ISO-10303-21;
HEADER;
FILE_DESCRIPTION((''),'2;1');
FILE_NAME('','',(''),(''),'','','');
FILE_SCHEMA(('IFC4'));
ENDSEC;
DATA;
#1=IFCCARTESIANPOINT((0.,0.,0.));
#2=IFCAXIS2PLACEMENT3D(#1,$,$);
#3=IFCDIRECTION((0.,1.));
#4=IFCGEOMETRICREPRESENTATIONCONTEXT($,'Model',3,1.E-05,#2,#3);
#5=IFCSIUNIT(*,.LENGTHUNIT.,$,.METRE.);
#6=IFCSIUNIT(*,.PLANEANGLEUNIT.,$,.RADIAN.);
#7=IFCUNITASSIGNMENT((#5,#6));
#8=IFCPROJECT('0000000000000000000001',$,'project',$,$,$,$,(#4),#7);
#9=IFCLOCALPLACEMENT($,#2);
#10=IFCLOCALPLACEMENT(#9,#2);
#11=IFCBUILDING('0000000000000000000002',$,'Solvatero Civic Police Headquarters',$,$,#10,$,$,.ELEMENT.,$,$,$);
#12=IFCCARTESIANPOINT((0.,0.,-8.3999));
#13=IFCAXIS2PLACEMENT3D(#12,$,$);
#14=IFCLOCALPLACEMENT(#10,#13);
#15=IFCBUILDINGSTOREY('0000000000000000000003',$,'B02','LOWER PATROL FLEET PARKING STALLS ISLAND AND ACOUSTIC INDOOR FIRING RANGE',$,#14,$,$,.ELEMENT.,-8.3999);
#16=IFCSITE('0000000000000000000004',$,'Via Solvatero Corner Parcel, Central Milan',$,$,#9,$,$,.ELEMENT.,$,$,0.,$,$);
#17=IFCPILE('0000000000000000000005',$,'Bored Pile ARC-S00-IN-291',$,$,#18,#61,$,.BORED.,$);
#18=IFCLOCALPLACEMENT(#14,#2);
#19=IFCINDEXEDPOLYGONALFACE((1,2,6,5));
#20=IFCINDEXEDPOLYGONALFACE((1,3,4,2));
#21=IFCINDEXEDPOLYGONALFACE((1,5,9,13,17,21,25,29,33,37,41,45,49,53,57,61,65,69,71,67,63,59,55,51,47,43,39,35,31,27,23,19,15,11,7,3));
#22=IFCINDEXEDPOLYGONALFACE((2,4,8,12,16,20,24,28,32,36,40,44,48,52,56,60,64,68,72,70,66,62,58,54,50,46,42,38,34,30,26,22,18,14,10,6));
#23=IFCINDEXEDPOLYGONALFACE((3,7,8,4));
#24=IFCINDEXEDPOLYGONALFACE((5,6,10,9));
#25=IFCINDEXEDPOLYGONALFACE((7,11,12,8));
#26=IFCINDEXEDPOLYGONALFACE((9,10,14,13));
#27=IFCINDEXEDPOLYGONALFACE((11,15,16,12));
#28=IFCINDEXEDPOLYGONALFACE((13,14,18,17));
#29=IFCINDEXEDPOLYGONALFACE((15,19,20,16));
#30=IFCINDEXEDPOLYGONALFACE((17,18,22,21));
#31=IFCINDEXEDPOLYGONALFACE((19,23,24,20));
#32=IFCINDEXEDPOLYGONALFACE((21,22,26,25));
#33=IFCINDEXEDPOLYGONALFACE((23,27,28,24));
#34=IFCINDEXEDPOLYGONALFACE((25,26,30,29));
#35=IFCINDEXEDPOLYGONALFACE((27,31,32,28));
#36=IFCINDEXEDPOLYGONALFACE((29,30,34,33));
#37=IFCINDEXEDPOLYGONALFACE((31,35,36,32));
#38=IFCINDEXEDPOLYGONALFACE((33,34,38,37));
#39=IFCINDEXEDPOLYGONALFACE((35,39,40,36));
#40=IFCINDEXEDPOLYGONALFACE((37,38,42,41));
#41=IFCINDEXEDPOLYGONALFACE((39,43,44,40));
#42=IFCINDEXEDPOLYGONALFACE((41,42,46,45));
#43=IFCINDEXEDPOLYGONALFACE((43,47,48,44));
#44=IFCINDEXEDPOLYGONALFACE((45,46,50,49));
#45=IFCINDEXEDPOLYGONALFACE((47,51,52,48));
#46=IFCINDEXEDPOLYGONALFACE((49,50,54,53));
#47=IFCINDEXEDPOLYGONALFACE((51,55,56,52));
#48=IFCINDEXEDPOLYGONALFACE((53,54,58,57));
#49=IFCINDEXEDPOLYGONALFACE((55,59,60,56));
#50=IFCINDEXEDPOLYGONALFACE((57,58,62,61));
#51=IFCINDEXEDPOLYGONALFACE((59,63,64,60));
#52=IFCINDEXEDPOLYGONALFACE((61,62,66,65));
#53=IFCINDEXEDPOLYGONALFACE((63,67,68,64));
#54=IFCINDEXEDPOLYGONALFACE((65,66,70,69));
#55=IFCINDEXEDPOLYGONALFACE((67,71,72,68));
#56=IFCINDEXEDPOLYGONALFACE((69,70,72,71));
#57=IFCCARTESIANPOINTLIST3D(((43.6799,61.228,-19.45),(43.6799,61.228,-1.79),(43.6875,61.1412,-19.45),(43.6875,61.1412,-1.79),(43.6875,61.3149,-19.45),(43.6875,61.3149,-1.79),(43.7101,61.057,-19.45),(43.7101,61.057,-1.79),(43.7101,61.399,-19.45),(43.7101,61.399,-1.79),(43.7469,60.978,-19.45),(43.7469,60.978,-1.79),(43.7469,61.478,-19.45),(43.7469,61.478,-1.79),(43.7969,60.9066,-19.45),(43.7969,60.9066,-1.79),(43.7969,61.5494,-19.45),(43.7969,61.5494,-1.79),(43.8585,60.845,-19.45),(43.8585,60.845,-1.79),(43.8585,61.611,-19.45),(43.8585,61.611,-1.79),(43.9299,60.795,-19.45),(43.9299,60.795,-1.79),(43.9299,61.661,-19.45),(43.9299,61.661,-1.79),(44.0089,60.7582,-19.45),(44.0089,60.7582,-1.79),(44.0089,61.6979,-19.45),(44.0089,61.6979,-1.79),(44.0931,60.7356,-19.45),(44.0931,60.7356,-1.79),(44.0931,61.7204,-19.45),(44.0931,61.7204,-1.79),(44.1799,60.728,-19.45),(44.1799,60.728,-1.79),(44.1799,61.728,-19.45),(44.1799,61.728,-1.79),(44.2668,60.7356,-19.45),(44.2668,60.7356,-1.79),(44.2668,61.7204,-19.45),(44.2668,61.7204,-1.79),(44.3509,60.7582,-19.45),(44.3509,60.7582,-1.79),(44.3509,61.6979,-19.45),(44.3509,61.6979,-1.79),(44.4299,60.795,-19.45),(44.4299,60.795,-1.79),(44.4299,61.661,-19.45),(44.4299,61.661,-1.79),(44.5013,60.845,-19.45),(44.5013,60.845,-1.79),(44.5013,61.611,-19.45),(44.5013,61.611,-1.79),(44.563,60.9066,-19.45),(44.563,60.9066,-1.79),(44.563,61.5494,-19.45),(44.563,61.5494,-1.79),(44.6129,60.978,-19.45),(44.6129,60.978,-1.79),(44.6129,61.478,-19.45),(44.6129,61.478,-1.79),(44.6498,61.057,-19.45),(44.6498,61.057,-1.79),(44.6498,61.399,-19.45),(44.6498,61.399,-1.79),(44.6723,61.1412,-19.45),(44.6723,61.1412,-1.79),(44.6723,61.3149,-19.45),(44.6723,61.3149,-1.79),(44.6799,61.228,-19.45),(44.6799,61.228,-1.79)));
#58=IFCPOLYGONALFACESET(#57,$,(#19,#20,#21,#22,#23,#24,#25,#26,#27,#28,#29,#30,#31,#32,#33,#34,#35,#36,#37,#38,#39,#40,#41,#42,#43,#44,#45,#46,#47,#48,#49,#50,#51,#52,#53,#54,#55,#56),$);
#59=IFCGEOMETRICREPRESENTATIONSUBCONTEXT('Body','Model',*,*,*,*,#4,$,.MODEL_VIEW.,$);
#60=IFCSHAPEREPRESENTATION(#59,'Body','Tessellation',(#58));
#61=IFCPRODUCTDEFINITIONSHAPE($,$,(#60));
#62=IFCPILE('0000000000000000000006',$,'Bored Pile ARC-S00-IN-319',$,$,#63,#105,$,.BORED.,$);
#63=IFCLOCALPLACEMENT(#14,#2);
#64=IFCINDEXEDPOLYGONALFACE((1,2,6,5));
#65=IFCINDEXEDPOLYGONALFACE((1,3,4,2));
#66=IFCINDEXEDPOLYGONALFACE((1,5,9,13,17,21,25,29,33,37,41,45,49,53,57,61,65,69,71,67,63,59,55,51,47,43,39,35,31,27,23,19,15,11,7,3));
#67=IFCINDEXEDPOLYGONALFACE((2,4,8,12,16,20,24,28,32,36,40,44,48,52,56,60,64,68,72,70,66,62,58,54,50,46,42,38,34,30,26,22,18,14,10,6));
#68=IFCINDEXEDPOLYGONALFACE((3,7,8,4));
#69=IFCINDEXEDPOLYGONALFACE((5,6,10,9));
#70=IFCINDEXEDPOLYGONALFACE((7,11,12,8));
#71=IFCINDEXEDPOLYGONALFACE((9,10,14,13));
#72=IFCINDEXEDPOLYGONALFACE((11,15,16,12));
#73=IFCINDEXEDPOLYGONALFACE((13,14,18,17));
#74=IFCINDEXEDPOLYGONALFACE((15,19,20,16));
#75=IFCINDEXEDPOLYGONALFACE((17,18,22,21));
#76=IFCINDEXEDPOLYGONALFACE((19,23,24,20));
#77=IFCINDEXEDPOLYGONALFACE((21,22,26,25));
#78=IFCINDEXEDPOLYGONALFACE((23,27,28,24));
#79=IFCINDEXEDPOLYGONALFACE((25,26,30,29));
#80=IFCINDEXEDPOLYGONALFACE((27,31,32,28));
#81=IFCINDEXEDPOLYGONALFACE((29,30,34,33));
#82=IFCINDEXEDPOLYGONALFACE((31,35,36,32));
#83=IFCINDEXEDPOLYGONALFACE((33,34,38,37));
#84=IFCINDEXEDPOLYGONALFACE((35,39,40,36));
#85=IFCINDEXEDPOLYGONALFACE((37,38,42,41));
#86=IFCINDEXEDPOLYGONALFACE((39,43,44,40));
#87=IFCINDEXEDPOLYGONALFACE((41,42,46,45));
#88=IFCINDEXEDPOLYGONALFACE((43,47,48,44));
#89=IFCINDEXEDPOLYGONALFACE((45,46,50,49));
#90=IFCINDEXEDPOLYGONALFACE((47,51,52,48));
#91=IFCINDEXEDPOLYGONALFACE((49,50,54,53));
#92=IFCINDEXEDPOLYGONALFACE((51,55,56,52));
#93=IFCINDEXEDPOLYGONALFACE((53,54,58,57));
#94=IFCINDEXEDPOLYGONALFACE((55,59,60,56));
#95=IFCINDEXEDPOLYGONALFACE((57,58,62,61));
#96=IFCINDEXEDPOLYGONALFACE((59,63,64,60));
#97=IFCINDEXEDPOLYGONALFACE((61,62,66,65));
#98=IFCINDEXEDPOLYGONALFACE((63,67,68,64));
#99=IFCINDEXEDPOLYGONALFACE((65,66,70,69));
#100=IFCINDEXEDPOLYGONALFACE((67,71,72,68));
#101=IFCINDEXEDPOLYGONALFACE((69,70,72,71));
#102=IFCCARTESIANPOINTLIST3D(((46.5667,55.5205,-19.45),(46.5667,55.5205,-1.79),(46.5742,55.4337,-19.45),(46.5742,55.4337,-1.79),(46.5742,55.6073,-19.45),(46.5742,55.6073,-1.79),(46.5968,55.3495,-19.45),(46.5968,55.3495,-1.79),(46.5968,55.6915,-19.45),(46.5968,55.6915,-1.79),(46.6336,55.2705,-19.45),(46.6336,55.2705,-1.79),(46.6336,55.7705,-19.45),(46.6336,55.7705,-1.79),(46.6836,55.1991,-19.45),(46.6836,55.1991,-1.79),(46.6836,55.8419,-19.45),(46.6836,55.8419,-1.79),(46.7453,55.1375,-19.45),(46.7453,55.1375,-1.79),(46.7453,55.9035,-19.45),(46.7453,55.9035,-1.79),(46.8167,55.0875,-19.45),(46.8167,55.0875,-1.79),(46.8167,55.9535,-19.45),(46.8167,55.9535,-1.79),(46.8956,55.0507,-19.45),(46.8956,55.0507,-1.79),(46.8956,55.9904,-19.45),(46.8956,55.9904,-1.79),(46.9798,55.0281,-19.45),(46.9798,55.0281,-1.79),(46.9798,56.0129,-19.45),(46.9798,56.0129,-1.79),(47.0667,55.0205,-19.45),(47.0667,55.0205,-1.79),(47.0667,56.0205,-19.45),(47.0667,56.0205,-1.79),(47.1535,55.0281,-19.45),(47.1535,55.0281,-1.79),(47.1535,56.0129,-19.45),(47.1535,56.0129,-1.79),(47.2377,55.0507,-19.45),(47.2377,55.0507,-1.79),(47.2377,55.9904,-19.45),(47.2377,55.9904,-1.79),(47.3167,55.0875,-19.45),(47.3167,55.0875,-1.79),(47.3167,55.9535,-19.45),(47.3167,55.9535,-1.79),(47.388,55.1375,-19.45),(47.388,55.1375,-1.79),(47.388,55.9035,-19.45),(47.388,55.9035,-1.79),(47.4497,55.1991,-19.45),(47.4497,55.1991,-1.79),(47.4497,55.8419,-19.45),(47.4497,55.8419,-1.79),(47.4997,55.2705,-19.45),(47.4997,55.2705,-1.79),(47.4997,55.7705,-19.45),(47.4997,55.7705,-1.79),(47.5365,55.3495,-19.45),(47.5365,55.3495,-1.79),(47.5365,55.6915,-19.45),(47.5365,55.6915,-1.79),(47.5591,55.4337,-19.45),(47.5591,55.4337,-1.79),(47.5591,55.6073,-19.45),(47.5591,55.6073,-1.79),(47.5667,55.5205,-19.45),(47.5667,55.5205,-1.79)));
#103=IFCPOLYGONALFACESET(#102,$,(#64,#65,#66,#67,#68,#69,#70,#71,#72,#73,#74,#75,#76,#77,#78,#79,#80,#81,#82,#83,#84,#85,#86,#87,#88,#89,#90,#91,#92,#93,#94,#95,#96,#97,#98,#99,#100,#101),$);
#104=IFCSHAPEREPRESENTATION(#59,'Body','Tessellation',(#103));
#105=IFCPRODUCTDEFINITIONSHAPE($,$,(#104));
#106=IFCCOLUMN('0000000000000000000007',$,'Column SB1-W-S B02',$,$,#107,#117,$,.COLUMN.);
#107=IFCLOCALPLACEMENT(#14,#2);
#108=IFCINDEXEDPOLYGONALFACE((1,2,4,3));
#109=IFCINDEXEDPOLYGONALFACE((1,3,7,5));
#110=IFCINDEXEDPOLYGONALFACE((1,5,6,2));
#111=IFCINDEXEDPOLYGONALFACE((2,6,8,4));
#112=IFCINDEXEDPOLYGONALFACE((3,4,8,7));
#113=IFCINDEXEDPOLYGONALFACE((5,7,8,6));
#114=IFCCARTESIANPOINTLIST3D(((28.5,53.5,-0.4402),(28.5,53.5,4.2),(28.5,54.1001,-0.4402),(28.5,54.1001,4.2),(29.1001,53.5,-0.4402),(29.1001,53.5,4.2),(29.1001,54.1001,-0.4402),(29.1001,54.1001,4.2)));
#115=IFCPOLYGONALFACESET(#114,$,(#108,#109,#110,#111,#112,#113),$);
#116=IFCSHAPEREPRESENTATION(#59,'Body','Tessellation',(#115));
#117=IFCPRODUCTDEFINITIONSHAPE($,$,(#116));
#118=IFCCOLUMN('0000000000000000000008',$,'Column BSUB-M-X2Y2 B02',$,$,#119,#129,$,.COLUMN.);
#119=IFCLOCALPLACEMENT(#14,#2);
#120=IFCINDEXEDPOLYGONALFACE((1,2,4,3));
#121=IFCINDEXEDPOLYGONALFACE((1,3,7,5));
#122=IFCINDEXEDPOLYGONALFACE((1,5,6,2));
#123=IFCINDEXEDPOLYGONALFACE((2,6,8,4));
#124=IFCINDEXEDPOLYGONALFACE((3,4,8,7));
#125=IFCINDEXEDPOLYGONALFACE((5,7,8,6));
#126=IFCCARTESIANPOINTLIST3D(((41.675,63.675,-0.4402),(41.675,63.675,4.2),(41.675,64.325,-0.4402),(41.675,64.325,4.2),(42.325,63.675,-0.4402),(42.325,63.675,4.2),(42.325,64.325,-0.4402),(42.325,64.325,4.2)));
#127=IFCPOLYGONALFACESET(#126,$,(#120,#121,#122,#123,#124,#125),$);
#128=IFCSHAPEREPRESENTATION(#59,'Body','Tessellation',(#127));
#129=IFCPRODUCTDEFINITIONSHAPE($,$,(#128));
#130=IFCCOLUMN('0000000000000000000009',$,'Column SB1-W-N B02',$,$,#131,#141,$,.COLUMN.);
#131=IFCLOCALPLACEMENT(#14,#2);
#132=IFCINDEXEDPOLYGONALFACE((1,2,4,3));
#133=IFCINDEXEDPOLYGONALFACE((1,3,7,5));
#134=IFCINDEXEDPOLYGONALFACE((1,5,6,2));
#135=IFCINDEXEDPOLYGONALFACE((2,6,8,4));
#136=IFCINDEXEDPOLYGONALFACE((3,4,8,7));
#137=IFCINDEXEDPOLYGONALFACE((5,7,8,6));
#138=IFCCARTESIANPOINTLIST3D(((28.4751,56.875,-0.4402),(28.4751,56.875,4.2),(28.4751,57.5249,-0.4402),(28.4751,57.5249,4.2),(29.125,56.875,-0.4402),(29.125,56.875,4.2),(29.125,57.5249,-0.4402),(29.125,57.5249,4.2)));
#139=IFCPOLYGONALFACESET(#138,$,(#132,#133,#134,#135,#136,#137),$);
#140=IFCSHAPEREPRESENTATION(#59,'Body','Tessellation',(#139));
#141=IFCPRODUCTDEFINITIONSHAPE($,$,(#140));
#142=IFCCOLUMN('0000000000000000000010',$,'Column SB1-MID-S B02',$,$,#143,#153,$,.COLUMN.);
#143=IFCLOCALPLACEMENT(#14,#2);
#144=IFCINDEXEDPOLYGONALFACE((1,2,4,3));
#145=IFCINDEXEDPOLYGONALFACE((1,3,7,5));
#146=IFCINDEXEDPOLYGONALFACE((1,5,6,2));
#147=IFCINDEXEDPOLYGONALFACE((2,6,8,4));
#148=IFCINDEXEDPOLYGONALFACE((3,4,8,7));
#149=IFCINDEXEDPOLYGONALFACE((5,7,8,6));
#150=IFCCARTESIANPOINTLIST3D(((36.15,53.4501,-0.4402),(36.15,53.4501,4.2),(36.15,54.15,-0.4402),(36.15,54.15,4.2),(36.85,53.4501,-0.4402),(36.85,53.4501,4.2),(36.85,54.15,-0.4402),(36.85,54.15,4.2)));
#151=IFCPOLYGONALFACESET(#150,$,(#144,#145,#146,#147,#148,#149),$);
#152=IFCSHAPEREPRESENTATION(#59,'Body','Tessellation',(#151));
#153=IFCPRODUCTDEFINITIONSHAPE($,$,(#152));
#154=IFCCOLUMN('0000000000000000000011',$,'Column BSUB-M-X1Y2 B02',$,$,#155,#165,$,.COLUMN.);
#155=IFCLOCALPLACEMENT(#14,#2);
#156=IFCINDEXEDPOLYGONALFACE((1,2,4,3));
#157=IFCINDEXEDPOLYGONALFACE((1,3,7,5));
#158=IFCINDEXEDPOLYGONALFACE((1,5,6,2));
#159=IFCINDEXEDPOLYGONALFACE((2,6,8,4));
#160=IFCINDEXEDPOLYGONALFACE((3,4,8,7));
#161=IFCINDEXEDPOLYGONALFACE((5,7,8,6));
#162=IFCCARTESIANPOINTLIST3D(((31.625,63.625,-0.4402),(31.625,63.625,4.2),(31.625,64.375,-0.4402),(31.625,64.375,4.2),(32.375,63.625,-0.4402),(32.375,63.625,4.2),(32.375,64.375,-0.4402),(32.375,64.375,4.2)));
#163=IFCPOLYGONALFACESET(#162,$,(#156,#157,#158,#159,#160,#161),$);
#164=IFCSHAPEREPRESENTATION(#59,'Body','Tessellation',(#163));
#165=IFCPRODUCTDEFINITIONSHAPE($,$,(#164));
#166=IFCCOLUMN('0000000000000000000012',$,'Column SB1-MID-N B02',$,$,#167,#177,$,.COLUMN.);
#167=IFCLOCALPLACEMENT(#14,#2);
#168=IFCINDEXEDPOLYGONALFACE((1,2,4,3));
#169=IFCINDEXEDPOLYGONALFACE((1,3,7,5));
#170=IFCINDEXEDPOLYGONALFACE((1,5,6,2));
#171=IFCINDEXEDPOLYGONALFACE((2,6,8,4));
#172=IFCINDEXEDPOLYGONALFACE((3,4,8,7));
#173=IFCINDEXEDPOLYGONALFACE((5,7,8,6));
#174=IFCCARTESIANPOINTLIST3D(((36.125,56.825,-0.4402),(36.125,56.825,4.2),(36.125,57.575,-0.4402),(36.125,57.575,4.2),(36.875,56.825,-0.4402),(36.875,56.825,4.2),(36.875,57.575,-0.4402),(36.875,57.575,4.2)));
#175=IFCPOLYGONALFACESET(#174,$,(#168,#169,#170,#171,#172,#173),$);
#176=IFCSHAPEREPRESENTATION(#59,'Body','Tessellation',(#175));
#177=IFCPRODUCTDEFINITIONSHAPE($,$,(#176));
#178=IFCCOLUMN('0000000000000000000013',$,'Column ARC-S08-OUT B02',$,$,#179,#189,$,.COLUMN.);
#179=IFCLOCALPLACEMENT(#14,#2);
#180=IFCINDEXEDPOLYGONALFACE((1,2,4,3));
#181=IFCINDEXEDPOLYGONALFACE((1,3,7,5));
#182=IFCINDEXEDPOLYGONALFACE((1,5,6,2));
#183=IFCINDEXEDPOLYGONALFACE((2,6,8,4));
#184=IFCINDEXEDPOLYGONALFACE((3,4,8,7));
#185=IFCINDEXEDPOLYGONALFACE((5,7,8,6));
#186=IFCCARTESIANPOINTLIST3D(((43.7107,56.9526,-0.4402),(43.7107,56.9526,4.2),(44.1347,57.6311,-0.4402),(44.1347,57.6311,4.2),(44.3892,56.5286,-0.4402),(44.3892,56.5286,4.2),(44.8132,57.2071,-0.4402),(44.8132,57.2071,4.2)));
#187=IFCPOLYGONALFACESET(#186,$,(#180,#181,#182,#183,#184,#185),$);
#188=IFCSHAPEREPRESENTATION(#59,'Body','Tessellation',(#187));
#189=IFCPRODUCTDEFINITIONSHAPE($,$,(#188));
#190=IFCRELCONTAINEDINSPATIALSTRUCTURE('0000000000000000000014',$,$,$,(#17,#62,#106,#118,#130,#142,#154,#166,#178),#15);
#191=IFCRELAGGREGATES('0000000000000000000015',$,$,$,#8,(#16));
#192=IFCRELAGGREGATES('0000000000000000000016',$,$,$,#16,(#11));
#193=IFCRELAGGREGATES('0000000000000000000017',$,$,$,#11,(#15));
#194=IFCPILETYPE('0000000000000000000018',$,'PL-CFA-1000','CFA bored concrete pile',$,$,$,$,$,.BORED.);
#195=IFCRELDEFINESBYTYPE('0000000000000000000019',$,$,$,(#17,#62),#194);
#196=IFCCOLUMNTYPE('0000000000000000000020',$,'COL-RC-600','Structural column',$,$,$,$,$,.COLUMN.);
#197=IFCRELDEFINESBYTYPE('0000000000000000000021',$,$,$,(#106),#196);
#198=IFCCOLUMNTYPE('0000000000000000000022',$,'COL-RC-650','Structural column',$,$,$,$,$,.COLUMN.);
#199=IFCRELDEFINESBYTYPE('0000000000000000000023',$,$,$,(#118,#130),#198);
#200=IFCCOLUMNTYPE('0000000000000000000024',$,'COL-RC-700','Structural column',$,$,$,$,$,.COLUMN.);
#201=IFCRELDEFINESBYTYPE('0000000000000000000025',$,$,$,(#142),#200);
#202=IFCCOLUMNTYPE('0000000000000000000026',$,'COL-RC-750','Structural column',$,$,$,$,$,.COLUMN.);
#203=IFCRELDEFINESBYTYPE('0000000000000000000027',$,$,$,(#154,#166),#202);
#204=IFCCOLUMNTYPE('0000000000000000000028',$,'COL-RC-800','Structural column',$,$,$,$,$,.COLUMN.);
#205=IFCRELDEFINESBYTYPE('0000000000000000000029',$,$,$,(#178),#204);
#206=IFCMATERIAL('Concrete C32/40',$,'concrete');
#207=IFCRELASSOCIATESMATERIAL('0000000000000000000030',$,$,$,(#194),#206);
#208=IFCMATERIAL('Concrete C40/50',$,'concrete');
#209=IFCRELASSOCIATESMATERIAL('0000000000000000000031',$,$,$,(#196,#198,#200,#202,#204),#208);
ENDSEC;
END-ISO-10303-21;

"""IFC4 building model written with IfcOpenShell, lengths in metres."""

from ifc_helpers import new_model, si_unit, direction, frame, origin, origin_2d, place, context, subcontext, project, spatial, rectangle, circle, extrude, material, material_profile, profile_set, type_object, element, save


model = new_model("IFC4")

# Units and contexts
model_context = context("Model", 3, precision=1e-05, world=origin(), true_north=direction((0.0, 1.0)))
body_context = subcontext(model_context, "Body", "Model", "MODEL_VIEW")
ifc_project = project(units=[si_unit("LENGTHUNIT", "METRE"), si_unit("PLANEANGLEUNIT", "RADIAN")], contexts=[model_context])

# Site, building, storey
site_placement = place(None, origin())
site = spatial("IfcSite", under=ifc_project, at=site_placement, Name="Via Solvatero Corner Parcel, Central Milan", CompositionType="ELEMENT", RefElevation=0.0)
building_placement = place(site_placement, origin())
building = spatial("IfcBuilding", under=site, at=building_placement, Name="Solvatero Civic Police Headquarters", CompositionType="ELEMENT")
storey_placement = place(building_placement, frame((0.0, 0.0, -8.3999)))
storey = spatial("IfcBuildingStorey", under=building, at=storey_placement, Name="B02", Description="LOWER PATROL FLEET PARKING STALLS ISLAND AND ACOUSTIC INDOOR FIRING RANGE", CompositionType="ELEMENT", Elevation=-8.3999)

# Piles
ifc_material_1 = material(Name="Concrete C32/40", Category="concrete")
ifc_material_profile_1 = material_profile(ifc_material_1, circle(Radius=0.5, at=origin_2d()), Name="CFA PILE D1000")
ifc_profile_set_1 = profile_set([ifc_material_profile_1], Name="Concrete C32/40")
pile_type = type_object("IfcPileType", Name="PL-CFA-1000", Description="CFA bored concrete pile", PredefinedType="BORED", material=ifc_profile_set_1)
for number, where, z_axis, x_axis, name in (
    (1, (44.1799, 61.228, -1.79), (0.0, 0.0, -1.0), (1.0, 0.0, 0.0), "Bored Pile ARC-S00-IN-291"),
    (2, (47.0667, 55.5205, -1.79), (0.0, 0.0, -1.0), (1.0, 0.0, 0.0), "Bored Pile ARC-S00-IN-319"),
):
    element("IfcPile", number, at=place(storey_placement, frame(where, z_axis=z_axis, x_axis=x_axis)), inside=storey, type_object=pile_type, Name=name, PredefinedType="BORED", context=body_context, shape_type="SweptSolid", body=[
        extrude(circle(Radius=0.5, at=origin_2d()), origin(), (0.0, 0.0, 1.0), 17.6599),
    ])

# Columns
ifc_material_2 = material(Name="Concrete C40/50", Category="concrete")
ifc_material_profile_2 = material_profile(ifc_material_2, rectangle(XDim=0.6001, YDim=0.6001, at=origin_2d()), Name="RC 600x600")
ifc_profile_set_2 = profile_set([ifc_material_profile_2], Name="Concrete C40/50")
column_type_1 = type_object("IfcColumnType", Name="COL-RC-600", Description="Structural column", PredefinedType="COLUMN", material=ifc_profile_set_2)
column_1_placement = place(storey_placement, frame((28.8, 53.8, -0.4402), z_axis=(0.0, 0.0, 1.0), x_axis=(1.0, 0.0, 0.0)))
element("IfcColumn", 3, at=column_1_placement, inside=storey, type_object=column_type_1, Name="Column SB1-W-S B02", PredefinedType="COLUMN", context=body_context, shape_type="SweptSolid", body=[
    extrude(rectangle(XDim=0.6001, YDim=0.6001, at=origin_2d()), origin(), (0.0, 0.0, 1.0), 4.6401),
])
ifc_material_profile_3 = material_profile(ifc_material_2, rectangle(XDim=0.6499, YDim=0.6499, at=origin_2d()), Name="RC 650x650")
ifc_profile_set_3 = profile_set([ifc_material_profile_3], Name="Concrete C40/50")
column_type_2 = type_object("IfcColumnType", Name="COL-RC-650", Description="Structural column", PredefinedType="COLUMN", material=ifc_profile_set_3)
for number, where, z_axis, x_axis, name in (
    (4, (42.0, 64.0, -0.4402), (0.0, 0.0, 1.0), (1.0, 0.0, 0.0), "Column BSUB-M-X2Y2 B02"),
    (5, (28.8, 57.2, -0.4402), (0.0, 0.0, 1.0), (1.0, 0.0, 0.0), "Column SB1-W-N B02"),
):
    element("IfcColumn", number, at=place(storey_placement, frame(where, z_axis=z_axis, x_axis=x_axis)), inside=storey, type_object=column_type_2, Name=name, PredefinedType="COLUMN", context=body_context, shape_type="SweptSolid", body=[
        extrude(rectangle(XDim=0.6499, YDim=0.6499, at=origin_2d()), origin(), (0.0, 0.0, 1.0), 4.6401),
    ])
ifc_material_profile_4 = material_profile(ifc_material_2, rectangle(XDim=0.7, YDim=0.7, at=origin_2d()), Name="RC 700x700")
ifc_profile_set_4 = profile_set([ifc_material_profile_4], Name="Concrete C40/50")
column_type_3 = type_object("IfcColumnType", Name="COL-RC-700", Description="Structural column", PredefinedType="COLUMN", material=ifc_profile_set_4)
column_2_placement = place(storey_placement, frame((36.5, 53.8, -0.4402), z_axis=(0.0, 0.0, 1.0), x_axis=(1.0, 0.0, 0.0)))
element("IfcColumn", 6, at=column_2_placement, inside=storey, type_object=column_type_3, Name="Column SB1-MID-S B02", PredefinedType="COLUMN", context=body_context, shape_type="SweptSolid", body=[
    extrude(rectangle(XDim=0.7, YDim=0.7, at=origin_2d()), origin(), (0.0, 0.0, 1.0), 4.6401),
])
ifc_material_profile_5 = material_profile(ifc_material_2, rectangle(XDim=0.75, YDim=0.75, at=origin_2d()), Name="RC 750x750")
ifc_profile_set_5 = profile_set([ifc_material_profile_5], Name="Concrete C40/50")
column_type_4 = type_object("IfcColumnType", Name="COL-RC-750", Description="Structural column", PredefinedType="COLUMN", material=ifc_profile_set_5)
for number, where, z_axis, x_axis, name in (
    (7, (32.0, 64.0, -0.4402), (0.0, 0.0, 1.0), (1.0, 0.0, 0.0), "Column BSUB-M-X1Y2 B02"),
    (8, (36.5, 57.2, -0.4402), (0.0, 0.0, 1.0), (1.0, 0.0, 0.0), "Column SB1-MID-N B02"),
):
    element("IfcColumn", number, at=place(storey_placement, frame(where, z_axis=z_axis, x_axis=x_axis)), inside=storey, type_object=column_type_4, Name=name, PredefinedType="COLUMN", context=body_context, shape_type="SweptSolid", body=[
        extrude(rectangle(XDim=0.75, YDim=0.75, at=origin_2d()), origin(), (0.0, 0.0, 1.0), 4.6401),
    ])
ifc_material_profile_6 = material_profile(ifc_material_2, rectangle(XDim=0.8, YDim=0.8, at=origin_2d()), Name="RC 800x800")
ifc_profile_set_6 = profile_set([ifc_material_profile_6], Name="Concrete C40/50")
column_type_5 = type_object("IfcColumnType", Name="COL-RC-800", Description="Structural column", PredefinedType="COLUMN", material=ifc_profile_set_6)
for number, where, z_axis, x_axis, name in (
    (9, (44.262, 57.0798, -0.4402), (0.0, 0.0, 1.0), (0.529919, 0.848048, 0.0), "Column ARC-S08-OUT B02"),
):
    element("IfcColumn", number, at=place(storey_placement, frame(where, z_axis=z_axis, x_axis=x_axis)), inside=storey, type_object=column_type_5, Name=name, PredefinedType="COLUMN", context=body_context, shape_type="SweptSolid", body=[
        extrude(rectangle(XDim=0.8, YDim=0.8, at=origin_2d()), origin(), (0.0, 0.0, 1.0), 4.6401),
    ])

save(model, "model.ifc")
